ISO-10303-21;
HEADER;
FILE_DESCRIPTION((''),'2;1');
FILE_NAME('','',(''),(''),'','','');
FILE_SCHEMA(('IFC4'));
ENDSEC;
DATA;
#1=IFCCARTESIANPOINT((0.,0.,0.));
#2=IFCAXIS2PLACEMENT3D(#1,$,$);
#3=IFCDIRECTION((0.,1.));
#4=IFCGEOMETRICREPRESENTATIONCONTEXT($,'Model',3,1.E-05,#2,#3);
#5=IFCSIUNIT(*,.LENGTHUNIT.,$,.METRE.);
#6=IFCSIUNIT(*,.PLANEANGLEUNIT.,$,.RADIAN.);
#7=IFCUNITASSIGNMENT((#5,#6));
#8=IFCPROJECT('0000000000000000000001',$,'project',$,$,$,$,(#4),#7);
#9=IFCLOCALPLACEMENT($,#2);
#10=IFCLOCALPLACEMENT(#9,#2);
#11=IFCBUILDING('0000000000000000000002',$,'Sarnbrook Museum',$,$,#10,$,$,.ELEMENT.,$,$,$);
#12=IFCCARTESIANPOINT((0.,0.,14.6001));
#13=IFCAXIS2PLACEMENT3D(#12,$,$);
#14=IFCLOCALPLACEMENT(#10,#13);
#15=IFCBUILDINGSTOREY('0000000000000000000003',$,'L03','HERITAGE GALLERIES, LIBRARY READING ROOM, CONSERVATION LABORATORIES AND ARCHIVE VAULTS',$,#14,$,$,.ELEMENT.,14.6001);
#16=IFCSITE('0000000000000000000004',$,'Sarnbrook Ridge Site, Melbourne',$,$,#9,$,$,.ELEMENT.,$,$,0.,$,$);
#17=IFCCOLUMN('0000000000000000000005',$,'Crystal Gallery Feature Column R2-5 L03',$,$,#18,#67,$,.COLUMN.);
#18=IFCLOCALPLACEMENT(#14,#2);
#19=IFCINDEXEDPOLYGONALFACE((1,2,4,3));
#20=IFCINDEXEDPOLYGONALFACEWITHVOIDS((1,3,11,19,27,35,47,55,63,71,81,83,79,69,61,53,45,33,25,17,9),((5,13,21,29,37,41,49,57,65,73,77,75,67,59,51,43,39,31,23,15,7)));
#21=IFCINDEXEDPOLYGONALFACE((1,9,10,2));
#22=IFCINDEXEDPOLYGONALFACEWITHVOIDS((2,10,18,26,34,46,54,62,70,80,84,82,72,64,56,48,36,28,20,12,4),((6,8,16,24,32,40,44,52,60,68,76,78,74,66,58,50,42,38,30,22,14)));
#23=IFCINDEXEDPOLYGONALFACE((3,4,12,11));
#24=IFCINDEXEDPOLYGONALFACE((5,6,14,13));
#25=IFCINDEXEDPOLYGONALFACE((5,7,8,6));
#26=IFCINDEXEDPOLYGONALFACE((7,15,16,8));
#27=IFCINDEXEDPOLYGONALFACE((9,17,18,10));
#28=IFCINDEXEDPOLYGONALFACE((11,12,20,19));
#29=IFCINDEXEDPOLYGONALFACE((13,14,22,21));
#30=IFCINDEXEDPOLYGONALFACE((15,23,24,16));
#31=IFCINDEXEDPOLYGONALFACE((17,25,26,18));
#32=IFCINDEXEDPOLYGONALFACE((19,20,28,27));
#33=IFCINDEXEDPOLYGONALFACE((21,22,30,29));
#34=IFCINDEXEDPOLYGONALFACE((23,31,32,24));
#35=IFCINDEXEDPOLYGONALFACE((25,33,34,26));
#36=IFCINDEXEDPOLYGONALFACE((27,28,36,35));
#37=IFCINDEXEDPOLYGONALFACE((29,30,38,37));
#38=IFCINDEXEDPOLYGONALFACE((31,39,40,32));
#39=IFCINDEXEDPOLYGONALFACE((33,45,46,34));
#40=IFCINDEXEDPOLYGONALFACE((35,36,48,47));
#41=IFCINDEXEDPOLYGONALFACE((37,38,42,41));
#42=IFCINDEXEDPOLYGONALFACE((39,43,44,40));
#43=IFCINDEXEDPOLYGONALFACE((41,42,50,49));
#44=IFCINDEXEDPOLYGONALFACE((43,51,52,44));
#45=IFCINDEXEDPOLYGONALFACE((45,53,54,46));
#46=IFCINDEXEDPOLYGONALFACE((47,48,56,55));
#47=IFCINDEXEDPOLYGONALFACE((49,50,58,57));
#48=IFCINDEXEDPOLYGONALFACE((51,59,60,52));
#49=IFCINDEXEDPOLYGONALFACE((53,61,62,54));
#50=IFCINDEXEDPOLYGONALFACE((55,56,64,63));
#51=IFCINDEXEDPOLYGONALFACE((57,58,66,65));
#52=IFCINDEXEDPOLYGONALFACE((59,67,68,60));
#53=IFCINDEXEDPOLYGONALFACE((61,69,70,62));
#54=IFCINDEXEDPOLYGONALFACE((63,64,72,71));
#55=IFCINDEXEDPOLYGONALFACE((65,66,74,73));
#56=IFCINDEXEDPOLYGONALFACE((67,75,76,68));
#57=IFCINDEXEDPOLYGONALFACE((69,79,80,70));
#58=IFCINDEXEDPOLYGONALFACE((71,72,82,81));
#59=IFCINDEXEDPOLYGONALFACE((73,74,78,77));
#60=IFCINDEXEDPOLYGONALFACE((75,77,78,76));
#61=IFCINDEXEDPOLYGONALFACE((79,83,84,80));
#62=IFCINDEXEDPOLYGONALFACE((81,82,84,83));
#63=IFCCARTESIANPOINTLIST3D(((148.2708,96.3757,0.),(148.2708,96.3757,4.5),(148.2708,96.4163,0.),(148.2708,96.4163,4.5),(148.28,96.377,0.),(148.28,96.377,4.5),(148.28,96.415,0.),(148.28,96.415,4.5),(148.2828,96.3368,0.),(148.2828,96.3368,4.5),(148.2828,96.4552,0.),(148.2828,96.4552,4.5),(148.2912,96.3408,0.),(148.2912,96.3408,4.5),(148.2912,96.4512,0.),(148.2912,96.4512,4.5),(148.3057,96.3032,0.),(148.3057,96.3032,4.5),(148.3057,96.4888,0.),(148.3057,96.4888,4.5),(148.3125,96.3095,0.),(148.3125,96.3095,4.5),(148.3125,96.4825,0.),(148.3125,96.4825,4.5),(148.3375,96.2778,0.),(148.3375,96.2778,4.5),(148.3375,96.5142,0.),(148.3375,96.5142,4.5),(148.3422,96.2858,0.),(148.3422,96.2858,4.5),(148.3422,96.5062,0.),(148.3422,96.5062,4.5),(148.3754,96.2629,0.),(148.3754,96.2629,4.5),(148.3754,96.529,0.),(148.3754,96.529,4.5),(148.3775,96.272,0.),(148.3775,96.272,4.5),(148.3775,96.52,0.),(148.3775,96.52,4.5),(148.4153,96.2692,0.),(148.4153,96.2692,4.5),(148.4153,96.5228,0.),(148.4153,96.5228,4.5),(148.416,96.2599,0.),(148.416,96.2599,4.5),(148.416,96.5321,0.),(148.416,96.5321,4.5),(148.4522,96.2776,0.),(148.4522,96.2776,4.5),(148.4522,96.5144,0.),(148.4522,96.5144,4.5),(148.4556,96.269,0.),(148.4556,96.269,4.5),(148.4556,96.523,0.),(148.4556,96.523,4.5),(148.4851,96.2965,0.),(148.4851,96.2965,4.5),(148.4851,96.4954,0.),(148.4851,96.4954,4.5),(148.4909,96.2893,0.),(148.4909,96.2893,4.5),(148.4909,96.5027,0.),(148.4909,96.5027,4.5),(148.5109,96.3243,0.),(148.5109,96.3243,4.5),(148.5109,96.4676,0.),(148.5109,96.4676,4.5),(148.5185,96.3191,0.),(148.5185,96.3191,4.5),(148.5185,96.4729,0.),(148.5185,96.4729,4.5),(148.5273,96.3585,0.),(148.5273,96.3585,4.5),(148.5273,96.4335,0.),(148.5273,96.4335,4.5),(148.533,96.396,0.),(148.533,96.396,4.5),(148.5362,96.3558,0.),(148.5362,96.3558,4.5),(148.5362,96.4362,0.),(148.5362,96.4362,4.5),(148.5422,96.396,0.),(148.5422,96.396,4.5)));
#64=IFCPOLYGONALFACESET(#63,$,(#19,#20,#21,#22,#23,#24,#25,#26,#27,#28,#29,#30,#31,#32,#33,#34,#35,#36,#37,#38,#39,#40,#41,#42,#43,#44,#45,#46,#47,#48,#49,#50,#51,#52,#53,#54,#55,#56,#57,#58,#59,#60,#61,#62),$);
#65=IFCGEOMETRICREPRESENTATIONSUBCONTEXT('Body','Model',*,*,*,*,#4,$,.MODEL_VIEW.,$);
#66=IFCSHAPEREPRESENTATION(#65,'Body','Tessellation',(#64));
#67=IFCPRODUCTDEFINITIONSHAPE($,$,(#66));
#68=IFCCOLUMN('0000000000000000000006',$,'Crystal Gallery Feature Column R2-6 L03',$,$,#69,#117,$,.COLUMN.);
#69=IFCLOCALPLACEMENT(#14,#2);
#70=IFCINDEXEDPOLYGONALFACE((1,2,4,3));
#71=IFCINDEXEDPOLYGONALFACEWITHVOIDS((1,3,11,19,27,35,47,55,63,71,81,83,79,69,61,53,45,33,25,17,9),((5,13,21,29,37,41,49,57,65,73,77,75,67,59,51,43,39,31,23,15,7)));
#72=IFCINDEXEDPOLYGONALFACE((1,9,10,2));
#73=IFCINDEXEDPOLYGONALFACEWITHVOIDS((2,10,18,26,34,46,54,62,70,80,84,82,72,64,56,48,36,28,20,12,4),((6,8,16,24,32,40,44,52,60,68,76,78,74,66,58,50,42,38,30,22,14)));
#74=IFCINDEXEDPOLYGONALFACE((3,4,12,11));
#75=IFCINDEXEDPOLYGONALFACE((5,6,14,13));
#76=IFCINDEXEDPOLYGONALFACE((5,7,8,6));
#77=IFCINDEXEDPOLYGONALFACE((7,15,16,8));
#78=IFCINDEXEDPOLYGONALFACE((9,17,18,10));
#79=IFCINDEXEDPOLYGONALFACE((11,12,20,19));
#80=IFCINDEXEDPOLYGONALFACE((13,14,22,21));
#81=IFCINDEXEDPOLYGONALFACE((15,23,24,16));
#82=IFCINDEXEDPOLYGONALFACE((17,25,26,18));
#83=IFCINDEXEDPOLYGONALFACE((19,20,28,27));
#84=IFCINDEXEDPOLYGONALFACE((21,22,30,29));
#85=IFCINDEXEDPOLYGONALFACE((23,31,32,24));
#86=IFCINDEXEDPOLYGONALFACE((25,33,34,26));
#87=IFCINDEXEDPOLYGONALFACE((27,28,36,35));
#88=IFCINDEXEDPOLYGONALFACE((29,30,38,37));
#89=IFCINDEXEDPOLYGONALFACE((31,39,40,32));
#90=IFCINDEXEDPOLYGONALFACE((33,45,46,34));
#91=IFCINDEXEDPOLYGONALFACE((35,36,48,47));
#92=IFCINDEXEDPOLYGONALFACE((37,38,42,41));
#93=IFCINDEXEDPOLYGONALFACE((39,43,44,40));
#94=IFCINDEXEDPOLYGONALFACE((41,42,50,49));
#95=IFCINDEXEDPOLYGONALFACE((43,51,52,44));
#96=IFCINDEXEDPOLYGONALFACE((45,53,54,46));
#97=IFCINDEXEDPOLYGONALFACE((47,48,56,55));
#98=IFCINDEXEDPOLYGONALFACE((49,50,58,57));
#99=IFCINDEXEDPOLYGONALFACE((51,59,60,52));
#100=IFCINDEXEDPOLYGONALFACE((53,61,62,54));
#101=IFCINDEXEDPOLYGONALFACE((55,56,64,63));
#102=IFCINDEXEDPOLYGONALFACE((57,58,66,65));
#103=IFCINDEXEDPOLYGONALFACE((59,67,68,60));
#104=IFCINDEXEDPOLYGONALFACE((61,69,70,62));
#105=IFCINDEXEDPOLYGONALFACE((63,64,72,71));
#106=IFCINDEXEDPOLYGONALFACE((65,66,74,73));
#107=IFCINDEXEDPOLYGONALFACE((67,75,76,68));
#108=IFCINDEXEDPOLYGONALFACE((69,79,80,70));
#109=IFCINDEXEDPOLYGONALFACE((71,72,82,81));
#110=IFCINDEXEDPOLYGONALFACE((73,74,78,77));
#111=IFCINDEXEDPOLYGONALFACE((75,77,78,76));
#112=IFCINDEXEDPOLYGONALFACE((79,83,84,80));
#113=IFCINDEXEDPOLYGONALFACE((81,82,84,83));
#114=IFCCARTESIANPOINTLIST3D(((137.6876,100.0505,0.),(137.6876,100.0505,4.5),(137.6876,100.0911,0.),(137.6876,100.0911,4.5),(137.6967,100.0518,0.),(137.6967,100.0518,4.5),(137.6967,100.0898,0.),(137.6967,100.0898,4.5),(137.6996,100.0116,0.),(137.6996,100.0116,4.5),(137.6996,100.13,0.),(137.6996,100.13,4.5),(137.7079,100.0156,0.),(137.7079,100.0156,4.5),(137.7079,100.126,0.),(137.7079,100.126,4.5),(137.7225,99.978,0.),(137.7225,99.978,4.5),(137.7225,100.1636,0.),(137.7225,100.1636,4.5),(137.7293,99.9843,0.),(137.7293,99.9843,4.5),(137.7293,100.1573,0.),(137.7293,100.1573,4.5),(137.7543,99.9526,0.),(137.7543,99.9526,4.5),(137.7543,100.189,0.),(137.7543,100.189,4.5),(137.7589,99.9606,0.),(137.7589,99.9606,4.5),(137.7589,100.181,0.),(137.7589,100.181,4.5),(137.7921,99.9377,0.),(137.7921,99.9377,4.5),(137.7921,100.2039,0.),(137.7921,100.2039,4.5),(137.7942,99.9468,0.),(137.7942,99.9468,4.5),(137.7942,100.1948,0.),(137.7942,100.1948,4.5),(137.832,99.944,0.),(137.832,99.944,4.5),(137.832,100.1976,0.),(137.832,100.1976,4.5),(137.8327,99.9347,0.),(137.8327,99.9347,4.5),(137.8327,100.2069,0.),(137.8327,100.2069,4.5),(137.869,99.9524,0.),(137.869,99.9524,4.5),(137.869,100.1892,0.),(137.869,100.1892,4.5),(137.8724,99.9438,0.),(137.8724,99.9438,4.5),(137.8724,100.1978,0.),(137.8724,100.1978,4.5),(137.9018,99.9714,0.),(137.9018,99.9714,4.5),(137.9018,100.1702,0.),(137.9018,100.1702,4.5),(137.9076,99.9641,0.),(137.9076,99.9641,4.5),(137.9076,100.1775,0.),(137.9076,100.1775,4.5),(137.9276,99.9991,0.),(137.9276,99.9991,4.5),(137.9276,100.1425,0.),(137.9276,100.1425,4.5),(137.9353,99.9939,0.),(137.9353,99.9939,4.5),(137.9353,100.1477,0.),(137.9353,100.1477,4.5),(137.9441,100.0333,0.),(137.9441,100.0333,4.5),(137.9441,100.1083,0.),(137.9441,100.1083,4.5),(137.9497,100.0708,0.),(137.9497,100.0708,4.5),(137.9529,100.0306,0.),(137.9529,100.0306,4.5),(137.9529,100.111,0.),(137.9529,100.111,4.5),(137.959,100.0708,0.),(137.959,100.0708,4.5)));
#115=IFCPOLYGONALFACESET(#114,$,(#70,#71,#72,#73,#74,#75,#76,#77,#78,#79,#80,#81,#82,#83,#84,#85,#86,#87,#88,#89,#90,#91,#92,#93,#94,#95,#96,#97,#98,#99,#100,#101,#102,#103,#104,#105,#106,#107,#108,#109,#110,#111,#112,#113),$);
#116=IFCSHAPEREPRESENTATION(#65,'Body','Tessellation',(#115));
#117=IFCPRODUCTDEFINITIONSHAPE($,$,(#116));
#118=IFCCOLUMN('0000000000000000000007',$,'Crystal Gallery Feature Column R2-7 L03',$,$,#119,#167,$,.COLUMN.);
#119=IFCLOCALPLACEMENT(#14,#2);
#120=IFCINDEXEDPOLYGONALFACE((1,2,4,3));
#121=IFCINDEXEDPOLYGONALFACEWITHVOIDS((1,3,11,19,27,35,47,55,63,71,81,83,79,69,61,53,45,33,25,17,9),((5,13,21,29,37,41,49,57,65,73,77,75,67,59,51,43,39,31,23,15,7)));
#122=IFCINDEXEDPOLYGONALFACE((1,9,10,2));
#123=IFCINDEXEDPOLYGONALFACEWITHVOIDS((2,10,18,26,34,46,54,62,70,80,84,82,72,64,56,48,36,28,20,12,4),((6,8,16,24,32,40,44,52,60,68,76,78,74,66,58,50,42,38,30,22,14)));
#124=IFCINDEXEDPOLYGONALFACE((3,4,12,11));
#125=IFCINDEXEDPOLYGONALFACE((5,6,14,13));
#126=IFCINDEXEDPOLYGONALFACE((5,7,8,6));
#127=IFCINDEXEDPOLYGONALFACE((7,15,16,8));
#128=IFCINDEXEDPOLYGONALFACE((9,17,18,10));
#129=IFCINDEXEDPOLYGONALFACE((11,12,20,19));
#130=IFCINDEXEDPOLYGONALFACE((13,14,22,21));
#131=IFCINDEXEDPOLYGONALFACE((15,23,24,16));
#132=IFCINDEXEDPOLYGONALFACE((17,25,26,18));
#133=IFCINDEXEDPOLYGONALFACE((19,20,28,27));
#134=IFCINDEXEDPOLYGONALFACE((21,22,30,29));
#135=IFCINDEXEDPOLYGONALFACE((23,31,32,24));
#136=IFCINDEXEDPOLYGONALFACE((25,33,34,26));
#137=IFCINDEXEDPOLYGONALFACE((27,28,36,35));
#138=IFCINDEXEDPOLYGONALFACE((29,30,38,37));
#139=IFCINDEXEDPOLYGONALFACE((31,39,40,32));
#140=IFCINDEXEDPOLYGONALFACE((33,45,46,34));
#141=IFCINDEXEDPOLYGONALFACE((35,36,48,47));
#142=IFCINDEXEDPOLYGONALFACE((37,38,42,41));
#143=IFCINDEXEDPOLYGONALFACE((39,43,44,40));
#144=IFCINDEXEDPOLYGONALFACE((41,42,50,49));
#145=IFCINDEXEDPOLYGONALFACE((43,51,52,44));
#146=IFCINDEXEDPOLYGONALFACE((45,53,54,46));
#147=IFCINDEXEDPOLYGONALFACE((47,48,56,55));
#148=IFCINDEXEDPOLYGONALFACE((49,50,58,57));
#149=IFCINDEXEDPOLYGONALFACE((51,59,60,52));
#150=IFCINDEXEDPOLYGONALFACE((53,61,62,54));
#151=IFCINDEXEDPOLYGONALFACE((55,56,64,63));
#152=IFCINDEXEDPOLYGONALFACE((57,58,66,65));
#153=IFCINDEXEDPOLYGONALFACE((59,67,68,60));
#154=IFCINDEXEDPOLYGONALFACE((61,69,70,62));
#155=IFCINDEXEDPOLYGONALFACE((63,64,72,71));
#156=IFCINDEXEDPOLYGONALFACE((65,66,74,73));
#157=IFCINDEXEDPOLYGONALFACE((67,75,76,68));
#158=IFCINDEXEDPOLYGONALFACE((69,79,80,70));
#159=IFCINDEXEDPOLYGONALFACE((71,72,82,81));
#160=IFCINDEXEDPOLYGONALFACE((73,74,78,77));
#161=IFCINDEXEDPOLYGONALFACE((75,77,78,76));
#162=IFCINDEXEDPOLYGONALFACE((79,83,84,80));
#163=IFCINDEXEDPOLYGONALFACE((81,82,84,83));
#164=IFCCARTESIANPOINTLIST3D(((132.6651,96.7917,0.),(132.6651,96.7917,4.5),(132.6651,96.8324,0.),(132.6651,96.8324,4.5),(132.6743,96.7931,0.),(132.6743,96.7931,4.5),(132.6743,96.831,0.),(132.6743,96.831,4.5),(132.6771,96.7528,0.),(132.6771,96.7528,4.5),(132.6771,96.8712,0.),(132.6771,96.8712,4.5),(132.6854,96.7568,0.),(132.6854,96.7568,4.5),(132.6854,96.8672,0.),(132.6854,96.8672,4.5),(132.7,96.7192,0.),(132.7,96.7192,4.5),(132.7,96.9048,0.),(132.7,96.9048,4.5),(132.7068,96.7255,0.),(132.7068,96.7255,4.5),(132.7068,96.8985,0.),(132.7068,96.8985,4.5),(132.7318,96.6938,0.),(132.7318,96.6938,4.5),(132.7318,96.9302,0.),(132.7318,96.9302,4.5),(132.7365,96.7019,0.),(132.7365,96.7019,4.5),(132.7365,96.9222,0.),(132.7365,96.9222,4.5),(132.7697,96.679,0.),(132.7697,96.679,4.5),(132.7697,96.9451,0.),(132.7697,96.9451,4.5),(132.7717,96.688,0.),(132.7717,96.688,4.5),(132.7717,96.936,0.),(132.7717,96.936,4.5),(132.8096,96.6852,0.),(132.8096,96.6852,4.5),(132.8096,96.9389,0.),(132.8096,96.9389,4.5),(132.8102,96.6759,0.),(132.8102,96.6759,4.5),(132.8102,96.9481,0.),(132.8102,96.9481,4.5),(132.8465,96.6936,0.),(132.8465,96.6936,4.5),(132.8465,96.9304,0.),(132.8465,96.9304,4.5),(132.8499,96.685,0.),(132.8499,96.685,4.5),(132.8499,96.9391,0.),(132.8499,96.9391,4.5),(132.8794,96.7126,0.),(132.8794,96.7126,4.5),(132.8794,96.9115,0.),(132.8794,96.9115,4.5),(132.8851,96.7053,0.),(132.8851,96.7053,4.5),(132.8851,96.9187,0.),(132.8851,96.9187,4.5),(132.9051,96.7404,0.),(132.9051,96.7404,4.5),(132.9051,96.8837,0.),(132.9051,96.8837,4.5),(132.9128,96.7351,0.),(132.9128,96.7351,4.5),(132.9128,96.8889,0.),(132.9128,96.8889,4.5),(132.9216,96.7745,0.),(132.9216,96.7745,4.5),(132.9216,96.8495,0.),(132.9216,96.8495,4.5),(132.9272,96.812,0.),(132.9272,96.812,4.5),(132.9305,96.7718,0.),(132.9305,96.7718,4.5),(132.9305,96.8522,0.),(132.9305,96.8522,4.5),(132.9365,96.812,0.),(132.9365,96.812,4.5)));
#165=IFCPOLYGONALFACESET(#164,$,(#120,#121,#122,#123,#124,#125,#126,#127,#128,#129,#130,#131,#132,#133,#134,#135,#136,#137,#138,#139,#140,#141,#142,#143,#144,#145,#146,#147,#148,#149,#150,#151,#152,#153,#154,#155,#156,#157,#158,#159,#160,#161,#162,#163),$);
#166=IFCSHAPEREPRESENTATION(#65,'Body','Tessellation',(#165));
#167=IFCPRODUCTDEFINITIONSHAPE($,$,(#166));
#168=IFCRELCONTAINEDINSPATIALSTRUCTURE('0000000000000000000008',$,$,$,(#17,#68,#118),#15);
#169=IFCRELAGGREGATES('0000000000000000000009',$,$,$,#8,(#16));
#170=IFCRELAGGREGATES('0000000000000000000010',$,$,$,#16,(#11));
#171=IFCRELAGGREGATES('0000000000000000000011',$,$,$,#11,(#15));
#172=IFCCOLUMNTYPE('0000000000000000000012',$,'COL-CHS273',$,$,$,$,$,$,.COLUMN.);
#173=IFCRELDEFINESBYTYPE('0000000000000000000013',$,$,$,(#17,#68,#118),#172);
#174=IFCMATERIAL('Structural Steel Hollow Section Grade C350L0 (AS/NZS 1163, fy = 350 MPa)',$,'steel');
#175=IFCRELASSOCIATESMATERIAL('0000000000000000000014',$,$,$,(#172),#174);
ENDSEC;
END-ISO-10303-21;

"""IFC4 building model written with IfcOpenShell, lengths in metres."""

from ifc_helpers import new_model, si_unit, direction, frame, origin, origin_2d, place, context, subcontext, project, spatial, hollow_circle, extrude, material, material_profile, profile_set, type_object, element, save


model = new_model("IFC4")

# Units and contexts
model_context = context("Model", 3, precision=1e-05, world=origin(), true_north=direction((0.0, 1.0)))
body_context = subcontext(model_context, "Body", "Model", "MODEL_VIEW")
ifc_project = project(units=[si_unit("LENGTHUNIT", "METRE"), si_unit("PLANEANGLEUNIT", "RADIAN")], contexts=[model_context])

# Site, building, storey
site_placement = place(None, origin())
site = spatial("IfcSite", under=ifc_project, at=site_placement, Name="Sarnbrook Ridge Site, Melbourne", CompositionType="ELEMENT", RefElevation=0.0)
building_placement = place(site_placement, origin())
building = spatial("IfcBuilding", under=site, at=building_placement, Name="Sarnbrook Museum", CompositionType="ELEMENT")
storey_placement = place(building_placement, frame((0.0, 0.0, 14.6001)))
storey = spatial("IfcBuildingStorey", under=building, at=storey_placement, Name="L03", Description="HERITAGE GALLERIES, LIBRARY READING ROOM, CONSERVATION LABORATORIES AND ARCHIVE VAULTS", CompositionType="ELEMENT", Elevation=14.6001)

# Columns
ifc_material_1 = material(Name="Structural Steel Hollow Section Grade C350L0 (AS/NZS 1163, fy = 350 MPa)", Category="steel")
ifc_material_profile_1 = material_profile(ifc_material_1, hollow_circle(Radius=0.1365, WallThickness=0.0093, at=origin_2d()), Name="273.1x9.3CHS")
ifc_profile_set_1 = profile_set([ifc_material_profile_1], Name="Structural Steel Hollow Section Grade C350L0 (AS/NZS 1163, fy = 350 MPa)")
column_type = type_object("IfcColumnType", Name="COL-CHS273", PredefinedType="COLUMN", material=ifc_profile_set_1)
for number, where, z_axis, x_axis, name in (
    (1, (148.4058, 96.396, 0.0), (0.0, 0.0, 1.0), (1.0, 0.0, 0.0), "Crystal Gallery Feature Column R2-5 L03"),
    (2, (137.8225, 100.0708, 0.0), (0.0, 0.0, 1.0), (1.0, 0.0, 0.0), "Crystal Gallery Feature Column R2-6 L03"),
    (3, (132.8, 96.812, 0.0), (0.0, 0.0, 1.0), (1.0, 0.0, 0.0), "Crystal Gallery Feature Column R2-7 L03"),
):
    element("IfcColumn", number, at=place(storey_placement, frame(where, z_axis=z_axis, x_axis=x_axis)), inside=storey, type_object=column_type, Name=name, PredefinedType="COLUMN", context=body_context, shape_type="SweptSolid", body=[
        extrude(hollow_circle(Radius=0.1365, WallThickness=0.0093, at=origin_2d()), origin(), (0.0, 0.0, 1.0), 4.5),
    ])

save(model, "model.ifc")
